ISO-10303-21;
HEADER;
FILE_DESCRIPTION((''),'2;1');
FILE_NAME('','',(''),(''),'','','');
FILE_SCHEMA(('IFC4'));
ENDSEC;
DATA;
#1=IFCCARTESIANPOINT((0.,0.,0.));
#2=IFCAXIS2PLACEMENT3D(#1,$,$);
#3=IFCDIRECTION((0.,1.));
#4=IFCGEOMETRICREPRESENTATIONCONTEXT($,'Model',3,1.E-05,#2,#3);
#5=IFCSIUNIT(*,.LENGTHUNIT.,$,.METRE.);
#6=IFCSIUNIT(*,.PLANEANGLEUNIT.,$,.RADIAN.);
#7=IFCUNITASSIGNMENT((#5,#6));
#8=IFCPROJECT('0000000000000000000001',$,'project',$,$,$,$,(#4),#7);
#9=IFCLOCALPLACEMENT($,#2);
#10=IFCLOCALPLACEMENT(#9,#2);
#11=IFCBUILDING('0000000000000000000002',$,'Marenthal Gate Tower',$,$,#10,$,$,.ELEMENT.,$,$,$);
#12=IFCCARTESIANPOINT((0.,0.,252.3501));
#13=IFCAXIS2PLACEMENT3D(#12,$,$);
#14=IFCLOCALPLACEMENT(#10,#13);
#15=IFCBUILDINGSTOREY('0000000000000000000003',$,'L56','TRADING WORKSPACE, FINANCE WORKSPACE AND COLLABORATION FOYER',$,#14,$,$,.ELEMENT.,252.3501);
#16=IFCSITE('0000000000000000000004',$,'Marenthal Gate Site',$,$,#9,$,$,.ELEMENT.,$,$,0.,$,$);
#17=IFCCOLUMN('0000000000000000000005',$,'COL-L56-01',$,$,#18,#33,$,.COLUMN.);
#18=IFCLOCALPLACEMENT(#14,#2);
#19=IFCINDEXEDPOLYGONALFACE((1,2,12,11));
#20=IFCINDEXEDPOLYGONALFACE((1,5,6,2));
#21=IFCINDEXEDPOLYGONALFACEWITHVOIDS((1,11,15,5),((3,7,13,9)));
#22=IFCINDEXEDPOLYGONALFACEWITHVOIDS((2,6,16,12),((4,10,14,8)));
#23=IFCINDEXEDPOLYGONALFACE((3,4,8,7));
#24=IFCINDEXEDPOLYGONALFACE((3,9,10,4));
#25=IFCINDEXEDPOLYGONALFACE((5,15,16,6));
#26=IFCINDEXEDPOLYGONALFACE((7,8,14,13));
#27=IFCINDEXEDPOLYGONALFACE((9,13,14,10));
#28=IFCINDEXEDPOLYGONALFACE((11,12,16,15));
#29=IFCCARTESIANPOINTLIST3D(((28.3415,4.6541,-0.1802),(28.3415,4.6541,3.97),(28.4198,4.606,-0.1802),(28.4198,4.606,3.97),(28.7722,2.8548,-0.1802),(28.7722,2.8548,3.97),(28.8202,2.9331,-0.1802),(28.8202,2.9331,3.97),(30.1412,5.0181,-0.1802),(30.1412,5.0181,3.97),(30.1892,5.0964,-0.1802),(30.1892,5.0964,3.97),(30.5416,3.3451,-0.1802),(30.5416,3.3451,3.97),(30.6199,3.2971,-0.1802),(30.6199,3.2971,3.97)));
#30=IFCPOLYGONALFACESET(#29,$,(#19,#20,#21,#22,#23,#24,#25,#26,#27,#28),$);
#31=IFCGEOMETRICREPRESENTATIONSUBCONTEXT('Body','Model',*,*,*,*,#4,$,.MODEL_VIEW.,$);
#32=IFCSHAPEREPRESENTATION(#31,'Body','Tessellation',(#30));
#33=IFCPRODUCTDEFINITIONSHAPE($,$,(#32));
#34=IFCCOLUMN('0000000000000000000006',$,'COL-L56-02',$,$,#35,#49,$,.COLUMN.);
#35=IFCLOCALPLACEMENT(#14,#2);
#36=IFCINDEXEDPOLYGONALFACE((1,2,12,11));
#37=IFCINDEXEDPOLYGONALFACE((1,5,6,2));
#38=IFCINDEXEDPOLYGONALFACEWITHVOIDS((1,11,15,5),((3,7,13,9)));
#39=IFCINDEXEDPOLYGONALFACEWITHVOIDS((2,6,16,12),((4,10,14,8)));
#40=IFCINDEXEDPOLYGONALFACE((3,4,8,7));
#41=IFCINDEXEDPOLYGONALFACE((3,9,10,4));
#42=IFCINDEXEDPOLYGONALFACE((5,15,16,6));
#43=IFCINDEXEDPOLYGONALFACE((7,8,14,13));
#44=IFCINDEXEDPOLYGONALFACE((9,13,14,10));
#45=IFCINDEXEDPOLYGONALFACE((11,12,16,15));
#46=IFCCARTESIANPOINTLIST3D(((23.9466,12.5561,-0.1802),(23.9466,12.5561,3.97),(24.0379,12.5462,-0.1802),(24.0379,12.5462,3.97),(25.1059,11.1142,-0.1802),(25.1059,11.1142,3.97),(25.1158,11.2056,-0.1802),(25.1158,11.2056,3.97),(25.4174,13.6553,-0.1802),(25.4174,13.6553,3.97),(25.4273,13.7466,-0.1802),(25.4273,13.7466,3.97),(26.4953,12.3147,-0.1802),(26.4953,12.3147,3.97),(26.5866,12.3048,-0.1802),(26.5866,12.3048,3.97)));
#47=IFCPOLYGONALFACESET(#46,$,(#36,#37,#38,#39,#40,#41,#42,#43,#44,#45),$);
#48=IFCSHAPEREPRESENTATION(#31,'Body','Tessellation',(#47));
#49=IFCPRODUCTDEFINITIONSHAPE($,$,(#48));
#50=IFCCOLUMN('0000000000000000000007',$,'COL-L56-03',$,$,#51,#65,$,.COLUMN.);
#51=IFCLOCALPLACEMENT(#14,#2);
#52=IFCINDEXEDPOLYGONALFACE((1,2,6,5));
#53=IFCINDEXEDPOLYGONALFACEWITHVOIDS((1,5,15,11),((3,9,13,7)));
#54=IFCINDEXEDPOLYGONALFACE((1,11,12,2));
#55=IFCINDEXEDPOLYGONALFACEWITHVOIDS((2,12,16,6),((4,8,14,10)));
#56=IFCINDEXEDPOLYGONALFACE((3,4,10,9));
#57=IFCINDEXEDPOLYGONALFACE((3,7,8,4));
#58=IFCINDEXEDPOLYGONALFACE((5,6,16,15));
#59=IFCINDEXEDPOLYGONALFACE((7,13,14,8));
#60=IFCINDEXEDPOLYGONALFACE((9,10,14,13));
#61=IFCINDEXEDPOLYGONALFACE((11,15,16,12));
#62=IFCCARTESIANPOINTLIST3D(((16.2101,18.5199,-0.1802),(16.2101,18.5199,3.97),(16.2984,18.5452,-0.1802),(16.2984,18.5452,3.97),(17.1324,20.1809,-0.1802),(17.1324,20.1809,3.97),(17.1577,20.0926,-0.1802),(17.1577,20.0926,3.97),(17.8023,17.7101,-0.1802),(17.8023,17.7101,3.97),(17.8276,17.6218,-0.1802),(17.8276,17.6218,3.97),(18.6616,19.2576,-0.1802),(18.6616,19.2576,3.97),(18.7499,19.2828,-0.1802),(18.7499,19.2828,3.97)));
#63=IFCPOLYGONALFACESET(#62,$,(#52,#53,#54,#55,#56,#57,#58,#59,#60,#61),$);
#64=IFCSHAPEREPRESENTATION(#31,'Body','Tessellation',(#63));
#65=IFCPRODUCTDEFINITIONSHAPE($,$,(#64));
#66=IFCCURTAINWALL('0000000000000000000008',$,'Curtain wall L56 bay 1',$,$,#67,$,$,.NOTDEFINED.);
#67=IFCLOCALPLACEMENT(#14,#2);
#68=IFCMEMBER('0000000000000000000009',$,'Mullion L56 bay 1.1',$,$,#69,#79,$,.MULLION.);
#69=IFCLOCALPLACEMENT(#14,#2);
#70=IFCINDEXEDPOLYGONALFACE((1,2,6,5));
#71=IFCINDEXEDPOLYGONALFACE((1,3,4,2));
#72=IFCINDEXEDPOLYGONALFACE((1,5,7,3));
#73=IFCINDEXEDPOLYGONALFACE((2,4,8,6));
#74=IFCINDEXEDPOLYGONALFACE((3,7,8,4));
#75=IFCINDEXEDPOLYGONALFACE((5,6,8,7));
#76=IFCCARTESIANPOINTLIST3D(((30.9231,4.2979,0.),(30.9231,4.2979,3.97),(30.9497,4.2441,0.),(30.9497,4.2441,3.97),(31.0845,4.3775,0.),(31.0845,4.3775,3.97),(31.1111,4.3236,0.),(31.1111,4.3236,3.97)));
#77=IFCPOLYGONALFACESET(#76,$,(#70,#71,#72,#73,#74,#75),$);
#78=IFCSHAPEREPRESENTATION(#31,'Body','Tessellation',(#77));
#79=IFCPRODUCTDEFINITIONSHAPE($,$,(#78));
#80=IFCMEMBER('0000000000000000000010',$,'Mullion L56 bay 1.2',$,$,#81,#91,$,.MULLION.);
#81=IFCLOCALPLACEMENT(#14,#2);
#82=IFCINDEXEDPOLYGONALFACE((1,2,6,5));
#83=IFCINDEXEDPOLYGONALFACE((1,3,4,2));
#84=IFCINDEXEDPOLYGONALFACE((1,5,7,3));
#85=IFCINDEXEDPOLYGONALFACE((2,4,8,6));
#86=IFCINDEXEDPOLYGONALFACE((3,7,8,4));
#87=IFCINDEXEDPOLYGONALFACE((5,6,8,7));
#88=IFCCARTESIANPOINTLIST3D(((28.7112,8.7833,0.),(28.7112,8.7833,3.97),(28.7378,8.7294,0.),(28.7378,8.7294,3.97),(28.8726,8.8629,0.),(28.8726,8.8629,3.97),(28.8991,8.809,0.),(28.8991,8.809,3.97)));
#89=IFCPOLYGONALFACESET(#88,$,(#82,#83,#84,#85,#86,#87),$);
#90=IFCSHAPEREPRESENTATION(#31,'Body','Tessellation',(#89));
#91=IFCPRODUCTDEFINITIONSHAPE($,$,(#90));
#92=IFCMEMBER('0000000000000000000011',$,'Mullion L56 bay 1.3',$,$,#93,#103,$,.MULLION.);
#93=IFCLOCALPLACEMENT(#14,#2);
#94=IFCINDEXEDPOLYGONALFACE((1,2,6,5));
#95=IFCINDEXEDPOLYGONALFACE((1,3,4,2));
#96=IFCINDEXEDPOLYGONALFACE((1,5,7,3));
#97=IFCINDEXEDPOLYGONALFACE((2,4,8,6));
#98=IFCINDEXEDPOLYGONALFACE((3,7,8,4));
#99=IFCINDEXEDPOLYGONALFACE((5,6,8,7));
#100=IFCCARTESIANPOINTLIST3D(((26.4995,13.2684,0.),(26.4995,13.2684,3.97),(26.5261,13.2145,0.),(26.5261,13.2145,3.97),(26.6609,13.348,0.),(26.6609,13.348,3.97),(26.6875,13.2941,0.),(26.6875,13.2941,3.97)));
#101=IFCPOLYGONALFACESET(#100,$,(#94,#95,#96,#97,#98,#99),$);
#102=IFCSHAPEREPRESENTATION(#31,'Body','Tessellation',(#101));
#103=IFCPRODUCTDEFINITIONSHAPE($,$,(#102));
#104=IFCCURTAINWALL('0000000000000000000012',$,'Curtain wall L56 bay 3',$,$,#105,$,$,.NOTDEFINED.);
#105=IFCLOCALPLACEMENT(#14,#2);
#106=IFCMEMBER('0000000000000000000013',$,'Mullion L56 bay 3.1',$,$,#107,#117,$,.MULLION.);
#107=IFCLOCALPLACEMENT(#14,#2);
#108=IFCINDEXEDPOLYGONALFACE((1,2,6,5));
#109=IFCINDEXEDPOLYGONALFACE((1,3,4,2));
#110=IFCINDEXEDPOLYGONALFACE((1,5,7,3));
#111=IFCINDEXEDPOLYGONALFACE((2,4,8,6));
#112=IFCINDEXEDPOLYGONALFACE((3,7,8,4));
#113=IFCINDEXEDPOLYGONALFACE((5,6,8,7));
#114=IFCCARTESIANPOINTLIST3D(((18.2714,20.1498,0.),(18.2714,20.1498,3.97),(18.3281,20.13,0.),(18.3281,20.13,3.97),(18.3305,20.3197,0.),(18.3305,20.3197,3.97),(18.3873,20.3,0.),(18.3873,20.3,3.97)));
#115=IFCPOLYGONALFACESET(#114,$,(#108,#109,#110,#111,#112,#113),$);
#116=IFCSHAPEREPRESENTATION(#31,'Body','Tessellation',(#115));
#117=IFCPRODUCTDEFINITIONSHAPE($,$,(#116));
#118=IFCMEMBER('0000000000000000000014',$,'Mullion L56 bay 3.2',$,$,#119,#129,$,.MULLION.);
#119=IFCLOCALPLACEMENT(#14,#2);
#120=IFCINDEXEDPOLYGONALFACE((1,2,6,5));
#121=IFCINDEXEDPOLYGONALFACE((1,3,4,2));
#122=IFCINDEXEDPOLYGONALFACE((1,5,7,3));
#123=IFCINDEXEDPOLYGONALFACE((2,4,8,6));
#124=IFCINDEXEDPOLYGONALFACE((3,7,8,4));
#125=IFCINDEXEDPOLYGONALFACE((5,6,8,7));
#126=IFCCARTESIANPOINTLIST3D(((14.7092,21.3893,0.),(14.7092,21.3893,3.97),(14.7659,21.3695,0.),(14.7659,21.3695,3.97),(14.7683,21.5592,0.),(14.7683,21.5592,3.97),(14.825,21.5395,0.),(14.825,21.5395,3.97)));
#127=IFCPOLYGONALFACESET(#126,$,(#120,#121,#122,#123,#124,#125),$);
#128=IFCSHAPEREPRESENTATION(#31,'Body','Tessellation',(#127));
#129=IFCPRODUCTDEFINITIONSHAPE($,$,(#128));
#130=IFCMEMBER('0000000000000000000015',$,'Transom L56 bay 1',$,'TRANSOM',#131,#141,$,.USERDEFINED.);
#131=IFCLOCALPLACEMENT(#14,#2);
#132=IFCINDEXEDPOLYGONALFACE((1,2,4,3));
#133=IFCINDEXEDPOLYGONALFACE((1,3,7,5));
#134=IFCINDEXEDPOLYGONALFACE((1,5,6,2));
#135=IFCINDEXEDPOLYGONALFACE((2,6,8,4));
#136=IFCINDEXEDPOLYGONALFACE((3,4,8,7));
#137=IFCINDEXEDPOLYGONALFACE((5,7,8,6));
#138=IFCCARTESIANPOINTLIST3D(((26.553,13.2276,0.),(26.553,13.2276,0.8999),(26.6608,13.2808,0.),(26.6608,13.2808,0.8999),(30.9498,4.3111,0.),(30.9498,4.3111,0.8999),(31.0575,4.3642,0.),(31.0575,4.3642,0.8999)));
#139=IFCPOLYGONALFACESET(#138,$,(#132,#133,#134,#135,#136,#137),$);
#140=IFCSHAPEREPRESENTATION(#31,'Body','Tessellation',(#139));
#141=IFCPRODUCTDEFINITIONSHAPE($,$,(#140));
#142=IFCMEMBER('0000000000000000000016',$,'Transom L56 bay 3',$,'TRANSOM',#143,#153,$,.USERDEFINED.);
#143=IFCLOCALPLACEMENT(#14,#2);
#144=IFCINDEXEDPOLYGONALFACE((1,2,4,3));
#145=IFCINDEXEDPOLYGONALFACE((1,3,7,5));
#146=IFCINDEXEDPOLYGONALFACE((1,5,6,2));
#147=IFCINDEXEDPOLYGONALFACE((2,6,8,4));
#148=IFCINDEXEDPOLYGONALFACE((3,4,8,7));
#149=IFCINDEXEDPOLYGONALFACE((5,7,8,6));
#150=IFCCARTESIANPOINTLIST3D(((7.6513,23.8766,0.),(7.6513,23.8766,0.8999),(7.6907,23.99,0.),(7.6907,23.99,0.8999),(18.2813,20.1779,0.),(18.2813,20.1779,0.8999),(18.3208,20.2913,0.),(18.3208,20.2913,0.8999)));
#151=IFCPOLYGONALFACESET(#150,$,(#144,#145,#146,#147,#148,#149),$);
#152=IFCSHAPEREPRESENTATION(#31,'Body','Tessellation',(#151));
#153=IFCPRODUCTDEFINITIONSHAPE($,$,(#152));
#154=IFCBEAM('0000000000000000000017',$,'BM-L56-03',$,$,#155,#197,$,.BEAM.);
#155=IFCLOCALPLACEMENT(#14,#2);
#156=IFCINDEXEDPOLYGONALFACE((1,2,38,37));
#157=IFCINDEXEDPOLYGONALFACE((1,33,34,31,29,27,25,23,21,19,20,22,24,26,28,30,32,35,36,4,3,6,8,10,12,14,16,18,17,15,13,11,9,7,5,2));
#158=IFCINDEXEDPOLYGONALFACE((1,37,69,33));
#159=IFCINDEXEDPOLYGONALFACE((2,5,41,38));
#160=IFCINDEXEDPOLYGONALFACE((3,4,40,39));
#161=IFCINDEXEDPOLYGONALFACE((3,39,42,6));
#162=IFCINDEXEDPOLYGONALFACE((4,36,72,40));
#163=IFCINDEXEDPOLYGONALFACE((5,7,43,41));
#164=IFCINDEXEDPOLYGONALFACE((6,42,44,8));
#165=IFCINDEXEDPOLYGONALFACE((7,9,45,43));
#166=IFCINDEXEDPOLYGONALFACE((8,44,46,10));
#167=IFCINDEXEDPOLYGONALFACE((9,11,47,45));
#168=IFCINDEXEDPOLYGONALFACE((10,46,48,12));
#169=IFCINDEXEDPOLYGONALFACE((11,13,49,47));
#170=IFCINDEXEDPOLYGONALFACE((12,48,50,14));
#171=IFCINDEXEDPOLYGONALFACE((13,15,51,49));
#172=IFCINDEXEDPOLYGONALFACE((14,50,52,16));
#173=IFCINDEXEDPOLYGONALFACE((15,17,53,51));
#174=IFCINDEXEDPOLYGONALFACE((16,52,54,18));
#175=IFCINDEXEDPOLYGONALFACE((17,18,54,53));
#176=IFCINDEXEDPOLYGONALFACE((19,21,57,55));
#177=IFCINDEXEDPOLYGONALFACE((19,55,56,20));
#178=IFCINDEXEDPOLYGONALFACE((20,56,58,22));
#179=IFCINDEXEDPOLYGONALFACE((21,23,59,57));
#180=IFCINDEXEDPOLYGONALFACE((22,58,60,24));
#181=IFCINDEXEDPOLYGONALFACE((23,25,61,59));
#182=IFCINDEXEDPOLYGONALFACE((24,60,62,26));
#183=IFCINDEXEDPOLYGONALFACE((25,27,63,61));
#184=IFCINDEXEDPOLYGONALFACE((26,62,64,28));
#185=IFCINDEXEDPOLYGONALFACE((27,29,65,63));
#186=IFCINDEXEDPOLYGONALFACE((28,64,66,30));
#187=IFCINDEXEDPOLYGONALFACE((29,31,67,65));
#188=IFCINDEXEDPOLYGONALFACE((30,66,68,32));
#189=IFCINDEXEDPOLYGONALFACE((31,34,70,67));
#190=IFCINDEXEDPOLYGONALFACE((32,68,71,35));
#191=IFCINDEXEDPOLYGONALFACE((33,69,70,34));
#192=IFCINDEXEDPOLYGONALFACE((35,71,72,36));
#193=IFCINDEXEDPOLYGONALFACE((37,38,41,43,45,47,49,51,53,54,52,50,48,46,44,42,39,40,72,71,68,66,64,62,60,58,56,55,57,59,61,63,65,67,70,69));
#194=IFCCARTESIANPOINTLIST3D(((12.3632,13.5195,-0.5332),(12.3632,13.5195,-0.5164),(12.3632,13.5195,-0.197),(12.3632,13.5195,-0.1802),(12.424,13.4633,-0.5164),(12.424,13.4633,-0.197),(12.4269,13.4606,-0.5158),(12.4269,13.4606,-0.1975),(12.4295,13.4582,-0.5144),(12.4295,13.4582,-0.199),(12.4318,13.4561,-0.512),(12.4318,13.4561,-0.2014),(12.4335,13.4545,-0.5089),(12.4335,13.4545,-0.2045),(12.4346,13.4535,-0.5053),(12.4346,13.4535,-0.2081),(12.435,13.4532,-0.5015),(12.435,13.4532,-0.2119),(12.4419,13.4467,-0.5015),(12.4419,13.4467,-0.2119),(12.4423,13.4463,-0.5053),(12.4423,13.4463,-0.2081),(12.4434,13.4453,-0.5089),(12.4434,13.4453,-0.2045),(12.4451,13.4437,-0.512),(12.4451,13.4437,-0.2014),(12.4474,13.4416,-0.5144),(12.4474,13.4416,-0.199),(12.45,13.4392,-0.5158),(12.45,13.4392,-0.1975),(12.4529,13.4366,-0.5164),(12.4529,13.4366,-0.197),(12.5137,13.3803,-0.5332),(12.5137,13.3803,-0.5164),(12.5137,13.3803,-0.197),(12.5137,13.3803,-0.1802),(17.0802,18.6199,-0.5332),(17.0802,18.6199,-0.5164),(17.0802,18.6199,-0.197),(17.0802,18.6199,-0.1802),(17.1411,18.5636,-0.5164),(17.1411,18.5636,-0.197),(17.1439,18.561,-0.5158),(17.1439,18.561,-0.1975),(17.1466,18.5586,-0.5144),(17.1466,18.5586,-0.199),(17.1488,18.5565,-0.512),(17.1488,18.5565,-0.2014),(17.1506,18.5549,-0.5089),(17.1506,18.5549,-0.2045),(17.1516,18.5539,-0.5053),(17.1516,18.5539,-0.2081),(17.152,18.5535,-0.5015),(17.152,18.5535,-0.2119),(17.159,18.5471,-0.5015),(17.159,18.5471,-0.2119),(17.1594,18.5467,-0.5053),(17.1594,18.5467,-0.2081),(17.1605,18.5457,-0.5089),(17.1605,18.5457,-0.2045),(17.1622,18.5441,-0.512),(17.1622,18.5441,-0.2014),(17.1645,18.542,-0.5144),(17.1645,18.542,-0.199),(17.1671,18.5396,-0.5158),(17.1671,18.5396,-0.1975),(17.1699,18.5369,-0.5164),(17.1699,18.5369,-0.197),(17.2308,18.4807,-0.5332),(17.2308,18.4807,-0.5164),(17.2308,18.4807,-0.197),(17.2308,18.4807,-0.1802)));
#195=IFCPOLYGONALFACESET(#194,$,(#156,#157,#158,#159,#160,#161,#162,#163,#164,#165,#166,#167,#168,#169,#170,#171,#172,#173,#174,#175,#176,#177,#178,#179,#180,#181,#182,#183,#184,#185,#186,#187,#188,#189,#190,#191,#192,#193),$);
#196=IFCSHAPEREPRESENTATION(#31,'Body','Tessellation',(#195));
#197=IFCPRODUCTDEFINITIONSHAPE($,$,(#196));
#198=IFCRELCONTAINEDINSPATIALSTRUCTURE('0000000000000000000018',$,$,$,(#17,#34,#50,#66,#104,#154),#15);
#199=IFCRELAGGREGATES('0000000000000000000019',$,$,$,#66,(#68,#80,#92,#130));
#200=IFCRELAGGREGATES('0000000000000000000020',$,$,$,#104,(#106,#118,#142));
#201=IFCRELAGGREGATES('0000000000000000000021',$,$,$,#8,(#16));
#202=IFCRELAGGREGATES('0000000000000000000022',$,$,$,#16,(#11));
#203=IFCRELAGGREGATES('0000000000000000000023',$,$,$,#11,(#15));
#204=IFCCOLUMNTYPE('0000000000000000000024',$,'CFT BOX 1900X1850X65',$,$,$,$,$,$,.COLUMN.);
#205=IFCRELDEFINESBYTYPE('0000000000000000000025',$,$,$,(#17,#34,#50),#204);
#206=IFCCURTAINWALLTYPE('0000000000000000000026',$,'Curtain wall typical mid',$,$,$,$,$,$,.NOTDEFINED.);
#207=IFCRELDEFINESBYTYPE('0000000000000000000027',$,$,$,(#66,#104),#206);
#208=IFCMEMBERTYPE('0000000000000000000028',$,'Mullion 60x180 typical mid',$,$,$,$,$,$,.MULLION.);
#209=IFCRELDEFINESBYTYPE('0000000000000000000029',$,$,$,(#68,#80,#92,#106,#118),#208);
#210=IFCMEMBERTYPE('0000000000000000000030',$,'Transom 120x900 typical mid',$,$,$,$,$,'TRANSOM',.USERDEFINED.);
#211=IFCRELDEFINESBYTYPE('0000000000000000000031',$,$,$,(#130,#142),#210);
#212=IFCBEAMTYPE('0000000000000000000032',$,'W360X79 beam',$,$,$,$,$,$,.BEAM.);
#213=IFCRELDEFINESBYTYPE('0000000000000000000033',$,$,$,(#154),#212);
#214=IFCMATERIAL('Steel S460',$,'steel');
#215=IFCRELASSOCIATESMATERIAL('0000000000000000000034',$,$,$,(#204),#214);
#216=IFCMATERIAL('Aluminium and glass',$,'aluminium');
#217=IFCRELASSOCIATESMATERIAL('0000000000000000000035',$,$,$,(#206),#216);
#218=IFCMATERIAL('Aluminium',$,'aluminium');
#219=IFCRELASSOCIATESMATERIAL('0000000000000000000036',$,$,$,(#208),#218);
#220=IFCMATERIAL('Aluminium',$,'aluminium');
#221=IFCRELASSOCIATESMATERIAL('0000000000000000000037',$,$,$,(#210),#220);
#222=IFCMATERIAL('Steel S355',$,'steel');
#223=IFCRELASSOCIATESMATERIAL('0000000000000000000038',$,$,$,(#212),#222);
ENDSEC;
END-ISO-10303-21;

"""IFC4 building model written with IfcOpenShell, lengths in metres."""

from ifc_helpers import new_model, si_unit, direction, frame, origin, origin_2d, place, context, subcontext, project, spatial, rectangle, hollow_rectangle, i_section, extrude, material, material_profile, profile_set, type_object, element, aggregate, save


model = new_model("IFC4")

# Units and contexts
model_context = context("Model", 3, precision=1e-05, world=origin(), true_north=direction((0.0, 1.0)))
body_context = subcontext(model_context, "Body", "Model", "MODEL_VIEW")
ifc_project = project(units=[si_unit("LENGTHUNIT", "METRE"), si_unit("PLANEANGLEUNIT", "RADIAN")], contexts=[model_context])

# Site, building, storey
site_placement = place(None, origin())
site = spatial("IfcSite", under=ifc_project, at=site_placement, Name="Marenthal Gate Site", CompositionType="ELEMENT", RefElevation=0.0)
building_placement = place(site_placement, origin())
building = spatial("IfcBuilding", under=site, at=building_placement, Name="Marenthal Gate Tower", CompositionType="ELEMENT")
storey_placement = place(building_placement, frame((0.0, 0.0, 252.3501)))
storey = spatial("IfcBuildingStorey", under=building, at=storey_placement, Name="L56", Description="TRADING WORKSPACE, FINANCE WORKSPACE AND COLLABORATION FOYER", CompositionType="ELEMENT", Elevation=252.3501)

# Columns
ifc_material_1 = material(Name="Steel S460", Category="steel")
ifc_material_profile_1 = material_profile(ifc_material_1, hollow_rectangle(XDim=1.8501, YDim=1.8999, WallThickness=0.0649, at=origin_2d()), Name="CFT BOX 1900X1850X65")
ifc_material_2 = material(Name="Concrete 70 MPa", Category="concrete")
ifc_material_profile_2 = material_profile(ifc_material_2, rectangle(XDim=1.72, YDim=1.77, at=origin_2d()), Name="CFT BOX 1900X1850X65 INFILL")
ifc_profile_set_1 = profile_set([ifc_material_profile_1, ifc_material_profile_2], Name="Steel S460 shell, Concrete 70 MPa infill")
column_type = type_object("IfcColumnType", Name="CFT BOX 1900X1850X65", PredefinedType="COLUMN", material=ifc_profile_set_1)
for number, where, z_axis, x_axis, name in (
    (1, (29.4807, 3.9756, -0.1802), (0.0, 0.0, 1.0), (0.232783, -0.972529, 0.0), "COL-L56-01"),
    (2, (25.2666, 12.4304, -0.1802), (0.0, 0.0, 1.0), (0.626615, -0.779329, 0.0), "COL-L56-02"),
    (3, (17.48, 18.9014, -0.1802), (0.0, 0.0, 1.0), (0.874262, -0.485454, 0.0), "COL-L56-03"),
):
    element("IfcColumn", number, at=place(storey_placement, frame(where, z_axis=z_axis, x_axis=x_axis)), inside=storey, type_object=column_type, Name=name, PredefinedType="COLUMN", context=body_context, shape_type="SweptSolid", body=[
        extrude(hollow_rectangle(XDim=1.8501, YDim=1.8999, WallThickness=0.0649, at=origin_2d()), origin(), (0.0, 0.0, 1.0), 4.1501),
    ])

# Curtain walls, members
ifc_material_3 = material(Name="Aluminium and glass", Category="aluminium")
curtain_wall_type = type_object("IfcCurtainWallType", Name="Curtain wall typical mid", PredefinedType="NOTDEFINED", material=ifc_material_3)
curtain_wall_1_placement = place(storey_placement, origin())
curtain_wall_1 = element("IfcCurtainWall", 4, at=curtain_wall_1_placement, inside=storey, type_object=curtain_wall_type, Name="Curtain wall L56 bay 1", PredefinedType="NOTDEFINED")
ifc_material_4 = material(Name="Aluminium", Category="aluminium")
ifc_material_profile_3 = material_profile(ifc_material_4, rectangle(XDim=0.1799, YDim=0.0601, at=origin_2d()), Name="60x180 aluminium mullion")
ifc_profile_set_2 = profile_set([ifc_material_profile_3], Name="Aluminium")
member_type_1 = type_object("IfcMemberType", Name="Mullion 60x180 typical mid", PredefinedType="MULLION", material=ifc_profile_set_2)
member_1_placement = place(storey_placement, frame((31.0171, 4.3108, 0.0), z_axis=(0.0, 0.0, 1.0), x_axis=(-0.896882, -0.442269, 0.0)))
member_1 = element("IfcMember", 5, at=member_1_placement, type_object=member_type_1, Name="Mullion L56 bay 1.1", PredefinedType="MULLION", context=body_context, shape_type="SweptSolid", body=[
    extrude(rectangle(XDim=0.1799, YDim=0.0601, at=origin_2d()), origin(), (0.0, 0.0, 1.0), 3.97),
])
member_2_placement = place(storey_placement, frame((28.8052, 8.7961, 0.0), z_axis=(0.0, 0.0, 1.0), x_axis=(-0.896882, -0.442269, 0.0)))
member_2 = element("IfcMember", 6, at=member_2_placement, type_object=member_type_1, Name="Mullion L56 bay 1.2", PredefinedType="MULLION", context=body_context, shape_type="SweptSolid", body=[
    extrude(rectangle(XDim=0.1799, YDim=0.0601, at=origin_2d()), origin(), (0.0, 0.0, 1.0), 3.97),
])
member_3_placement = place(storey_placement, frame((26.5935, 13.2812, 0.0), z_axis=(0.0, 0.0, 1.0), x_axis=(-0.896882, -0.442269, 0.0)))
member_3 = element("IfcMember", 7, at=member_3_placement, type_object=member_type_1, Name="Mullion L56 bay 1.3", PredefinedType="MULLION", context=body_context, shape_type="SweptSolid", body=[
    extrude(rectangle(XDim=0.1799, YDim=0.0601, at=origin_2d()), origin(), (0.0, 0.0, 1.0), 3.97),
])
curtain_wall_2_placement = place(storey_placement, origin())
curtain_wall_2 = element("IfcCurtainWall", 8, at=curtain_wall_2_placement, inside=storey, type_object=curtain_wall_type, Name="Curtain wall L56 bay 3", PredefinedType="NOTDEFINED")
member_4_placement = place(storey_placement, frame((18.3293, 20.2249, 0.0), z_axis=(0.0, 0.0, 1.0), x_axis=(-0.328612, -0.944465, 0.0)))
member_4 = element("IfcMember", 9, at=member_4_placement, type_object=member_type_1, Name="Mullion L56 bay 3.1", PredefinedType="MULLION", context=body_context, shape_type="SweptSolid", body=[
    extrude(rectangle(XDim=0.1799, YDim=0.0601, at=origin_2d()), origin(), (0.0, 0.0, 1.0), 3.97),
])
member_5_placement = place(storey_placement, frame((14.7671, 21.4644, 0.0), z_axis=(0.0, 0.0, 1.0), x_axis=(-0.328612, -0.944465, 0.0)))
member_5 = element("IfcMember", 10, at=member_5_placement, type_object=member_type_1, Name="Mullion L56 bay 3.2", PredefinedType="MULLION", context=body_context, shape_type="SweptSolid", body=[
    extrude(rectangle(XDim=0.1799, YDim=0.0601, at=origin_2d()), origin(), (0.0, 0.0, 1.0), 3.97),
])

# Members
ifc_material_5 = material(Name="Aluminium", Category="aluminium")
ifc_material_profile_4 = material_profile(ifc_material_5, rectangle(XDim=0.1201, YDim=0.8999, at=origin_2d()), Name="120x900 aluminium transom")
ifc_profile_set_3 = profile_set([ifc_material_profile_4], Name="Aluminium")
member_type_2 = type_object("IfcMemberType", Name="Transom 120x900 typical mid", ElementType="TRANSOM", PredefinedType="USERDEFINED", material=ifc_profile_set_3)
member_6_placement = place(storey_placement, frame((31.0037, 4.3376, 0.45), z_axis=(-0.442256, 0.896889, 0.0), x_axis=(-0.896889, -0.442256, 0.0)))
member_6 = element("IfcMember", 11, at=member_6_placement, type_object=member_type_2, Name="Transom L56 bay 1", ObjectType="TRANSOM", PredefinedType="USERDEFINED", context=body_context, shape_type="SweptSolid", body=[
    extrude(rectangle(XDim=0.1201, YDim=0.8999, at=origin_2d()), origin(), (0.0, 0.0, 1.0), 9.9417),
])
member_7_placement = place(storey_placement, frame((18.301, 20.2346, 0.45), z_axis=(-0.944461, 0.328623, 0.0), x_axis=(-0.328623, -0.944461, 0.0)))
member_7 = element("IfcMember", 12, at=member_7_placement, type_object=member_type_2, Name="Transom L56 bay 3", ObjectType="TRANSOM", PredefinedType="USERDEFINED", context=body_context, shape_type="SweptSolid", body=[
    extrude(rectangle(XDim=0.1201, YDim=0.8999, at=origin_2d()), origin(), (0.0, 0.0, 1.0), 11.2551),
])

# Beam
ifc_material_6 = material(Name="Steel S355", Category="steel")
ifc_material_profile_5 = material_profile(ifc_material_6, i_section(OverallWidth=0.2051, OverallDepth=0.353, WebThickness=0.0095, FlangeThickness=0.0168, FilletRadius=0.0149, at=origin_2d()), Name="W360X79")
ifc_profile_set_4 = profile_set([ifc_material_profile_5], Name="Steel S355")
beam_type_1 = type_object("IfcBeamType", Name="W360X79 beam", PredefinedType="BEAM", material=ifc_profile_set_4)
beam_1_placement = place(storey_placement, frame((17.1555, 18.5503, -0.3567), z_axis=(-0.678982, -0.734155, 0.0), x_axis=(0.734155, -0.678982, 0.0)))
element("IfcBeam", 13, at=beam_1_placement, inside=storey, type_object=beam_type_1, Name="BM-L56-03", PredefinedType="BEAM", context=body_context, shape_type="SweptSolid", body=[
    extrude(i_section(OverallWidth=0.2051, OverallDepth=0.353, WebThickness=0.0095, FlangeThickness=0.0168, FilletRadius=0.0149, at=origin_2d()), origin(), (0.0, 0.0, 1.0), 6.9473),
])

aggregate(curtain_wall_1, [member_1, member_2, member_3, member_6])
aggregate(curtain_wall_2, [member_4, member_5, member_7])

save(model, "model.ifc")
